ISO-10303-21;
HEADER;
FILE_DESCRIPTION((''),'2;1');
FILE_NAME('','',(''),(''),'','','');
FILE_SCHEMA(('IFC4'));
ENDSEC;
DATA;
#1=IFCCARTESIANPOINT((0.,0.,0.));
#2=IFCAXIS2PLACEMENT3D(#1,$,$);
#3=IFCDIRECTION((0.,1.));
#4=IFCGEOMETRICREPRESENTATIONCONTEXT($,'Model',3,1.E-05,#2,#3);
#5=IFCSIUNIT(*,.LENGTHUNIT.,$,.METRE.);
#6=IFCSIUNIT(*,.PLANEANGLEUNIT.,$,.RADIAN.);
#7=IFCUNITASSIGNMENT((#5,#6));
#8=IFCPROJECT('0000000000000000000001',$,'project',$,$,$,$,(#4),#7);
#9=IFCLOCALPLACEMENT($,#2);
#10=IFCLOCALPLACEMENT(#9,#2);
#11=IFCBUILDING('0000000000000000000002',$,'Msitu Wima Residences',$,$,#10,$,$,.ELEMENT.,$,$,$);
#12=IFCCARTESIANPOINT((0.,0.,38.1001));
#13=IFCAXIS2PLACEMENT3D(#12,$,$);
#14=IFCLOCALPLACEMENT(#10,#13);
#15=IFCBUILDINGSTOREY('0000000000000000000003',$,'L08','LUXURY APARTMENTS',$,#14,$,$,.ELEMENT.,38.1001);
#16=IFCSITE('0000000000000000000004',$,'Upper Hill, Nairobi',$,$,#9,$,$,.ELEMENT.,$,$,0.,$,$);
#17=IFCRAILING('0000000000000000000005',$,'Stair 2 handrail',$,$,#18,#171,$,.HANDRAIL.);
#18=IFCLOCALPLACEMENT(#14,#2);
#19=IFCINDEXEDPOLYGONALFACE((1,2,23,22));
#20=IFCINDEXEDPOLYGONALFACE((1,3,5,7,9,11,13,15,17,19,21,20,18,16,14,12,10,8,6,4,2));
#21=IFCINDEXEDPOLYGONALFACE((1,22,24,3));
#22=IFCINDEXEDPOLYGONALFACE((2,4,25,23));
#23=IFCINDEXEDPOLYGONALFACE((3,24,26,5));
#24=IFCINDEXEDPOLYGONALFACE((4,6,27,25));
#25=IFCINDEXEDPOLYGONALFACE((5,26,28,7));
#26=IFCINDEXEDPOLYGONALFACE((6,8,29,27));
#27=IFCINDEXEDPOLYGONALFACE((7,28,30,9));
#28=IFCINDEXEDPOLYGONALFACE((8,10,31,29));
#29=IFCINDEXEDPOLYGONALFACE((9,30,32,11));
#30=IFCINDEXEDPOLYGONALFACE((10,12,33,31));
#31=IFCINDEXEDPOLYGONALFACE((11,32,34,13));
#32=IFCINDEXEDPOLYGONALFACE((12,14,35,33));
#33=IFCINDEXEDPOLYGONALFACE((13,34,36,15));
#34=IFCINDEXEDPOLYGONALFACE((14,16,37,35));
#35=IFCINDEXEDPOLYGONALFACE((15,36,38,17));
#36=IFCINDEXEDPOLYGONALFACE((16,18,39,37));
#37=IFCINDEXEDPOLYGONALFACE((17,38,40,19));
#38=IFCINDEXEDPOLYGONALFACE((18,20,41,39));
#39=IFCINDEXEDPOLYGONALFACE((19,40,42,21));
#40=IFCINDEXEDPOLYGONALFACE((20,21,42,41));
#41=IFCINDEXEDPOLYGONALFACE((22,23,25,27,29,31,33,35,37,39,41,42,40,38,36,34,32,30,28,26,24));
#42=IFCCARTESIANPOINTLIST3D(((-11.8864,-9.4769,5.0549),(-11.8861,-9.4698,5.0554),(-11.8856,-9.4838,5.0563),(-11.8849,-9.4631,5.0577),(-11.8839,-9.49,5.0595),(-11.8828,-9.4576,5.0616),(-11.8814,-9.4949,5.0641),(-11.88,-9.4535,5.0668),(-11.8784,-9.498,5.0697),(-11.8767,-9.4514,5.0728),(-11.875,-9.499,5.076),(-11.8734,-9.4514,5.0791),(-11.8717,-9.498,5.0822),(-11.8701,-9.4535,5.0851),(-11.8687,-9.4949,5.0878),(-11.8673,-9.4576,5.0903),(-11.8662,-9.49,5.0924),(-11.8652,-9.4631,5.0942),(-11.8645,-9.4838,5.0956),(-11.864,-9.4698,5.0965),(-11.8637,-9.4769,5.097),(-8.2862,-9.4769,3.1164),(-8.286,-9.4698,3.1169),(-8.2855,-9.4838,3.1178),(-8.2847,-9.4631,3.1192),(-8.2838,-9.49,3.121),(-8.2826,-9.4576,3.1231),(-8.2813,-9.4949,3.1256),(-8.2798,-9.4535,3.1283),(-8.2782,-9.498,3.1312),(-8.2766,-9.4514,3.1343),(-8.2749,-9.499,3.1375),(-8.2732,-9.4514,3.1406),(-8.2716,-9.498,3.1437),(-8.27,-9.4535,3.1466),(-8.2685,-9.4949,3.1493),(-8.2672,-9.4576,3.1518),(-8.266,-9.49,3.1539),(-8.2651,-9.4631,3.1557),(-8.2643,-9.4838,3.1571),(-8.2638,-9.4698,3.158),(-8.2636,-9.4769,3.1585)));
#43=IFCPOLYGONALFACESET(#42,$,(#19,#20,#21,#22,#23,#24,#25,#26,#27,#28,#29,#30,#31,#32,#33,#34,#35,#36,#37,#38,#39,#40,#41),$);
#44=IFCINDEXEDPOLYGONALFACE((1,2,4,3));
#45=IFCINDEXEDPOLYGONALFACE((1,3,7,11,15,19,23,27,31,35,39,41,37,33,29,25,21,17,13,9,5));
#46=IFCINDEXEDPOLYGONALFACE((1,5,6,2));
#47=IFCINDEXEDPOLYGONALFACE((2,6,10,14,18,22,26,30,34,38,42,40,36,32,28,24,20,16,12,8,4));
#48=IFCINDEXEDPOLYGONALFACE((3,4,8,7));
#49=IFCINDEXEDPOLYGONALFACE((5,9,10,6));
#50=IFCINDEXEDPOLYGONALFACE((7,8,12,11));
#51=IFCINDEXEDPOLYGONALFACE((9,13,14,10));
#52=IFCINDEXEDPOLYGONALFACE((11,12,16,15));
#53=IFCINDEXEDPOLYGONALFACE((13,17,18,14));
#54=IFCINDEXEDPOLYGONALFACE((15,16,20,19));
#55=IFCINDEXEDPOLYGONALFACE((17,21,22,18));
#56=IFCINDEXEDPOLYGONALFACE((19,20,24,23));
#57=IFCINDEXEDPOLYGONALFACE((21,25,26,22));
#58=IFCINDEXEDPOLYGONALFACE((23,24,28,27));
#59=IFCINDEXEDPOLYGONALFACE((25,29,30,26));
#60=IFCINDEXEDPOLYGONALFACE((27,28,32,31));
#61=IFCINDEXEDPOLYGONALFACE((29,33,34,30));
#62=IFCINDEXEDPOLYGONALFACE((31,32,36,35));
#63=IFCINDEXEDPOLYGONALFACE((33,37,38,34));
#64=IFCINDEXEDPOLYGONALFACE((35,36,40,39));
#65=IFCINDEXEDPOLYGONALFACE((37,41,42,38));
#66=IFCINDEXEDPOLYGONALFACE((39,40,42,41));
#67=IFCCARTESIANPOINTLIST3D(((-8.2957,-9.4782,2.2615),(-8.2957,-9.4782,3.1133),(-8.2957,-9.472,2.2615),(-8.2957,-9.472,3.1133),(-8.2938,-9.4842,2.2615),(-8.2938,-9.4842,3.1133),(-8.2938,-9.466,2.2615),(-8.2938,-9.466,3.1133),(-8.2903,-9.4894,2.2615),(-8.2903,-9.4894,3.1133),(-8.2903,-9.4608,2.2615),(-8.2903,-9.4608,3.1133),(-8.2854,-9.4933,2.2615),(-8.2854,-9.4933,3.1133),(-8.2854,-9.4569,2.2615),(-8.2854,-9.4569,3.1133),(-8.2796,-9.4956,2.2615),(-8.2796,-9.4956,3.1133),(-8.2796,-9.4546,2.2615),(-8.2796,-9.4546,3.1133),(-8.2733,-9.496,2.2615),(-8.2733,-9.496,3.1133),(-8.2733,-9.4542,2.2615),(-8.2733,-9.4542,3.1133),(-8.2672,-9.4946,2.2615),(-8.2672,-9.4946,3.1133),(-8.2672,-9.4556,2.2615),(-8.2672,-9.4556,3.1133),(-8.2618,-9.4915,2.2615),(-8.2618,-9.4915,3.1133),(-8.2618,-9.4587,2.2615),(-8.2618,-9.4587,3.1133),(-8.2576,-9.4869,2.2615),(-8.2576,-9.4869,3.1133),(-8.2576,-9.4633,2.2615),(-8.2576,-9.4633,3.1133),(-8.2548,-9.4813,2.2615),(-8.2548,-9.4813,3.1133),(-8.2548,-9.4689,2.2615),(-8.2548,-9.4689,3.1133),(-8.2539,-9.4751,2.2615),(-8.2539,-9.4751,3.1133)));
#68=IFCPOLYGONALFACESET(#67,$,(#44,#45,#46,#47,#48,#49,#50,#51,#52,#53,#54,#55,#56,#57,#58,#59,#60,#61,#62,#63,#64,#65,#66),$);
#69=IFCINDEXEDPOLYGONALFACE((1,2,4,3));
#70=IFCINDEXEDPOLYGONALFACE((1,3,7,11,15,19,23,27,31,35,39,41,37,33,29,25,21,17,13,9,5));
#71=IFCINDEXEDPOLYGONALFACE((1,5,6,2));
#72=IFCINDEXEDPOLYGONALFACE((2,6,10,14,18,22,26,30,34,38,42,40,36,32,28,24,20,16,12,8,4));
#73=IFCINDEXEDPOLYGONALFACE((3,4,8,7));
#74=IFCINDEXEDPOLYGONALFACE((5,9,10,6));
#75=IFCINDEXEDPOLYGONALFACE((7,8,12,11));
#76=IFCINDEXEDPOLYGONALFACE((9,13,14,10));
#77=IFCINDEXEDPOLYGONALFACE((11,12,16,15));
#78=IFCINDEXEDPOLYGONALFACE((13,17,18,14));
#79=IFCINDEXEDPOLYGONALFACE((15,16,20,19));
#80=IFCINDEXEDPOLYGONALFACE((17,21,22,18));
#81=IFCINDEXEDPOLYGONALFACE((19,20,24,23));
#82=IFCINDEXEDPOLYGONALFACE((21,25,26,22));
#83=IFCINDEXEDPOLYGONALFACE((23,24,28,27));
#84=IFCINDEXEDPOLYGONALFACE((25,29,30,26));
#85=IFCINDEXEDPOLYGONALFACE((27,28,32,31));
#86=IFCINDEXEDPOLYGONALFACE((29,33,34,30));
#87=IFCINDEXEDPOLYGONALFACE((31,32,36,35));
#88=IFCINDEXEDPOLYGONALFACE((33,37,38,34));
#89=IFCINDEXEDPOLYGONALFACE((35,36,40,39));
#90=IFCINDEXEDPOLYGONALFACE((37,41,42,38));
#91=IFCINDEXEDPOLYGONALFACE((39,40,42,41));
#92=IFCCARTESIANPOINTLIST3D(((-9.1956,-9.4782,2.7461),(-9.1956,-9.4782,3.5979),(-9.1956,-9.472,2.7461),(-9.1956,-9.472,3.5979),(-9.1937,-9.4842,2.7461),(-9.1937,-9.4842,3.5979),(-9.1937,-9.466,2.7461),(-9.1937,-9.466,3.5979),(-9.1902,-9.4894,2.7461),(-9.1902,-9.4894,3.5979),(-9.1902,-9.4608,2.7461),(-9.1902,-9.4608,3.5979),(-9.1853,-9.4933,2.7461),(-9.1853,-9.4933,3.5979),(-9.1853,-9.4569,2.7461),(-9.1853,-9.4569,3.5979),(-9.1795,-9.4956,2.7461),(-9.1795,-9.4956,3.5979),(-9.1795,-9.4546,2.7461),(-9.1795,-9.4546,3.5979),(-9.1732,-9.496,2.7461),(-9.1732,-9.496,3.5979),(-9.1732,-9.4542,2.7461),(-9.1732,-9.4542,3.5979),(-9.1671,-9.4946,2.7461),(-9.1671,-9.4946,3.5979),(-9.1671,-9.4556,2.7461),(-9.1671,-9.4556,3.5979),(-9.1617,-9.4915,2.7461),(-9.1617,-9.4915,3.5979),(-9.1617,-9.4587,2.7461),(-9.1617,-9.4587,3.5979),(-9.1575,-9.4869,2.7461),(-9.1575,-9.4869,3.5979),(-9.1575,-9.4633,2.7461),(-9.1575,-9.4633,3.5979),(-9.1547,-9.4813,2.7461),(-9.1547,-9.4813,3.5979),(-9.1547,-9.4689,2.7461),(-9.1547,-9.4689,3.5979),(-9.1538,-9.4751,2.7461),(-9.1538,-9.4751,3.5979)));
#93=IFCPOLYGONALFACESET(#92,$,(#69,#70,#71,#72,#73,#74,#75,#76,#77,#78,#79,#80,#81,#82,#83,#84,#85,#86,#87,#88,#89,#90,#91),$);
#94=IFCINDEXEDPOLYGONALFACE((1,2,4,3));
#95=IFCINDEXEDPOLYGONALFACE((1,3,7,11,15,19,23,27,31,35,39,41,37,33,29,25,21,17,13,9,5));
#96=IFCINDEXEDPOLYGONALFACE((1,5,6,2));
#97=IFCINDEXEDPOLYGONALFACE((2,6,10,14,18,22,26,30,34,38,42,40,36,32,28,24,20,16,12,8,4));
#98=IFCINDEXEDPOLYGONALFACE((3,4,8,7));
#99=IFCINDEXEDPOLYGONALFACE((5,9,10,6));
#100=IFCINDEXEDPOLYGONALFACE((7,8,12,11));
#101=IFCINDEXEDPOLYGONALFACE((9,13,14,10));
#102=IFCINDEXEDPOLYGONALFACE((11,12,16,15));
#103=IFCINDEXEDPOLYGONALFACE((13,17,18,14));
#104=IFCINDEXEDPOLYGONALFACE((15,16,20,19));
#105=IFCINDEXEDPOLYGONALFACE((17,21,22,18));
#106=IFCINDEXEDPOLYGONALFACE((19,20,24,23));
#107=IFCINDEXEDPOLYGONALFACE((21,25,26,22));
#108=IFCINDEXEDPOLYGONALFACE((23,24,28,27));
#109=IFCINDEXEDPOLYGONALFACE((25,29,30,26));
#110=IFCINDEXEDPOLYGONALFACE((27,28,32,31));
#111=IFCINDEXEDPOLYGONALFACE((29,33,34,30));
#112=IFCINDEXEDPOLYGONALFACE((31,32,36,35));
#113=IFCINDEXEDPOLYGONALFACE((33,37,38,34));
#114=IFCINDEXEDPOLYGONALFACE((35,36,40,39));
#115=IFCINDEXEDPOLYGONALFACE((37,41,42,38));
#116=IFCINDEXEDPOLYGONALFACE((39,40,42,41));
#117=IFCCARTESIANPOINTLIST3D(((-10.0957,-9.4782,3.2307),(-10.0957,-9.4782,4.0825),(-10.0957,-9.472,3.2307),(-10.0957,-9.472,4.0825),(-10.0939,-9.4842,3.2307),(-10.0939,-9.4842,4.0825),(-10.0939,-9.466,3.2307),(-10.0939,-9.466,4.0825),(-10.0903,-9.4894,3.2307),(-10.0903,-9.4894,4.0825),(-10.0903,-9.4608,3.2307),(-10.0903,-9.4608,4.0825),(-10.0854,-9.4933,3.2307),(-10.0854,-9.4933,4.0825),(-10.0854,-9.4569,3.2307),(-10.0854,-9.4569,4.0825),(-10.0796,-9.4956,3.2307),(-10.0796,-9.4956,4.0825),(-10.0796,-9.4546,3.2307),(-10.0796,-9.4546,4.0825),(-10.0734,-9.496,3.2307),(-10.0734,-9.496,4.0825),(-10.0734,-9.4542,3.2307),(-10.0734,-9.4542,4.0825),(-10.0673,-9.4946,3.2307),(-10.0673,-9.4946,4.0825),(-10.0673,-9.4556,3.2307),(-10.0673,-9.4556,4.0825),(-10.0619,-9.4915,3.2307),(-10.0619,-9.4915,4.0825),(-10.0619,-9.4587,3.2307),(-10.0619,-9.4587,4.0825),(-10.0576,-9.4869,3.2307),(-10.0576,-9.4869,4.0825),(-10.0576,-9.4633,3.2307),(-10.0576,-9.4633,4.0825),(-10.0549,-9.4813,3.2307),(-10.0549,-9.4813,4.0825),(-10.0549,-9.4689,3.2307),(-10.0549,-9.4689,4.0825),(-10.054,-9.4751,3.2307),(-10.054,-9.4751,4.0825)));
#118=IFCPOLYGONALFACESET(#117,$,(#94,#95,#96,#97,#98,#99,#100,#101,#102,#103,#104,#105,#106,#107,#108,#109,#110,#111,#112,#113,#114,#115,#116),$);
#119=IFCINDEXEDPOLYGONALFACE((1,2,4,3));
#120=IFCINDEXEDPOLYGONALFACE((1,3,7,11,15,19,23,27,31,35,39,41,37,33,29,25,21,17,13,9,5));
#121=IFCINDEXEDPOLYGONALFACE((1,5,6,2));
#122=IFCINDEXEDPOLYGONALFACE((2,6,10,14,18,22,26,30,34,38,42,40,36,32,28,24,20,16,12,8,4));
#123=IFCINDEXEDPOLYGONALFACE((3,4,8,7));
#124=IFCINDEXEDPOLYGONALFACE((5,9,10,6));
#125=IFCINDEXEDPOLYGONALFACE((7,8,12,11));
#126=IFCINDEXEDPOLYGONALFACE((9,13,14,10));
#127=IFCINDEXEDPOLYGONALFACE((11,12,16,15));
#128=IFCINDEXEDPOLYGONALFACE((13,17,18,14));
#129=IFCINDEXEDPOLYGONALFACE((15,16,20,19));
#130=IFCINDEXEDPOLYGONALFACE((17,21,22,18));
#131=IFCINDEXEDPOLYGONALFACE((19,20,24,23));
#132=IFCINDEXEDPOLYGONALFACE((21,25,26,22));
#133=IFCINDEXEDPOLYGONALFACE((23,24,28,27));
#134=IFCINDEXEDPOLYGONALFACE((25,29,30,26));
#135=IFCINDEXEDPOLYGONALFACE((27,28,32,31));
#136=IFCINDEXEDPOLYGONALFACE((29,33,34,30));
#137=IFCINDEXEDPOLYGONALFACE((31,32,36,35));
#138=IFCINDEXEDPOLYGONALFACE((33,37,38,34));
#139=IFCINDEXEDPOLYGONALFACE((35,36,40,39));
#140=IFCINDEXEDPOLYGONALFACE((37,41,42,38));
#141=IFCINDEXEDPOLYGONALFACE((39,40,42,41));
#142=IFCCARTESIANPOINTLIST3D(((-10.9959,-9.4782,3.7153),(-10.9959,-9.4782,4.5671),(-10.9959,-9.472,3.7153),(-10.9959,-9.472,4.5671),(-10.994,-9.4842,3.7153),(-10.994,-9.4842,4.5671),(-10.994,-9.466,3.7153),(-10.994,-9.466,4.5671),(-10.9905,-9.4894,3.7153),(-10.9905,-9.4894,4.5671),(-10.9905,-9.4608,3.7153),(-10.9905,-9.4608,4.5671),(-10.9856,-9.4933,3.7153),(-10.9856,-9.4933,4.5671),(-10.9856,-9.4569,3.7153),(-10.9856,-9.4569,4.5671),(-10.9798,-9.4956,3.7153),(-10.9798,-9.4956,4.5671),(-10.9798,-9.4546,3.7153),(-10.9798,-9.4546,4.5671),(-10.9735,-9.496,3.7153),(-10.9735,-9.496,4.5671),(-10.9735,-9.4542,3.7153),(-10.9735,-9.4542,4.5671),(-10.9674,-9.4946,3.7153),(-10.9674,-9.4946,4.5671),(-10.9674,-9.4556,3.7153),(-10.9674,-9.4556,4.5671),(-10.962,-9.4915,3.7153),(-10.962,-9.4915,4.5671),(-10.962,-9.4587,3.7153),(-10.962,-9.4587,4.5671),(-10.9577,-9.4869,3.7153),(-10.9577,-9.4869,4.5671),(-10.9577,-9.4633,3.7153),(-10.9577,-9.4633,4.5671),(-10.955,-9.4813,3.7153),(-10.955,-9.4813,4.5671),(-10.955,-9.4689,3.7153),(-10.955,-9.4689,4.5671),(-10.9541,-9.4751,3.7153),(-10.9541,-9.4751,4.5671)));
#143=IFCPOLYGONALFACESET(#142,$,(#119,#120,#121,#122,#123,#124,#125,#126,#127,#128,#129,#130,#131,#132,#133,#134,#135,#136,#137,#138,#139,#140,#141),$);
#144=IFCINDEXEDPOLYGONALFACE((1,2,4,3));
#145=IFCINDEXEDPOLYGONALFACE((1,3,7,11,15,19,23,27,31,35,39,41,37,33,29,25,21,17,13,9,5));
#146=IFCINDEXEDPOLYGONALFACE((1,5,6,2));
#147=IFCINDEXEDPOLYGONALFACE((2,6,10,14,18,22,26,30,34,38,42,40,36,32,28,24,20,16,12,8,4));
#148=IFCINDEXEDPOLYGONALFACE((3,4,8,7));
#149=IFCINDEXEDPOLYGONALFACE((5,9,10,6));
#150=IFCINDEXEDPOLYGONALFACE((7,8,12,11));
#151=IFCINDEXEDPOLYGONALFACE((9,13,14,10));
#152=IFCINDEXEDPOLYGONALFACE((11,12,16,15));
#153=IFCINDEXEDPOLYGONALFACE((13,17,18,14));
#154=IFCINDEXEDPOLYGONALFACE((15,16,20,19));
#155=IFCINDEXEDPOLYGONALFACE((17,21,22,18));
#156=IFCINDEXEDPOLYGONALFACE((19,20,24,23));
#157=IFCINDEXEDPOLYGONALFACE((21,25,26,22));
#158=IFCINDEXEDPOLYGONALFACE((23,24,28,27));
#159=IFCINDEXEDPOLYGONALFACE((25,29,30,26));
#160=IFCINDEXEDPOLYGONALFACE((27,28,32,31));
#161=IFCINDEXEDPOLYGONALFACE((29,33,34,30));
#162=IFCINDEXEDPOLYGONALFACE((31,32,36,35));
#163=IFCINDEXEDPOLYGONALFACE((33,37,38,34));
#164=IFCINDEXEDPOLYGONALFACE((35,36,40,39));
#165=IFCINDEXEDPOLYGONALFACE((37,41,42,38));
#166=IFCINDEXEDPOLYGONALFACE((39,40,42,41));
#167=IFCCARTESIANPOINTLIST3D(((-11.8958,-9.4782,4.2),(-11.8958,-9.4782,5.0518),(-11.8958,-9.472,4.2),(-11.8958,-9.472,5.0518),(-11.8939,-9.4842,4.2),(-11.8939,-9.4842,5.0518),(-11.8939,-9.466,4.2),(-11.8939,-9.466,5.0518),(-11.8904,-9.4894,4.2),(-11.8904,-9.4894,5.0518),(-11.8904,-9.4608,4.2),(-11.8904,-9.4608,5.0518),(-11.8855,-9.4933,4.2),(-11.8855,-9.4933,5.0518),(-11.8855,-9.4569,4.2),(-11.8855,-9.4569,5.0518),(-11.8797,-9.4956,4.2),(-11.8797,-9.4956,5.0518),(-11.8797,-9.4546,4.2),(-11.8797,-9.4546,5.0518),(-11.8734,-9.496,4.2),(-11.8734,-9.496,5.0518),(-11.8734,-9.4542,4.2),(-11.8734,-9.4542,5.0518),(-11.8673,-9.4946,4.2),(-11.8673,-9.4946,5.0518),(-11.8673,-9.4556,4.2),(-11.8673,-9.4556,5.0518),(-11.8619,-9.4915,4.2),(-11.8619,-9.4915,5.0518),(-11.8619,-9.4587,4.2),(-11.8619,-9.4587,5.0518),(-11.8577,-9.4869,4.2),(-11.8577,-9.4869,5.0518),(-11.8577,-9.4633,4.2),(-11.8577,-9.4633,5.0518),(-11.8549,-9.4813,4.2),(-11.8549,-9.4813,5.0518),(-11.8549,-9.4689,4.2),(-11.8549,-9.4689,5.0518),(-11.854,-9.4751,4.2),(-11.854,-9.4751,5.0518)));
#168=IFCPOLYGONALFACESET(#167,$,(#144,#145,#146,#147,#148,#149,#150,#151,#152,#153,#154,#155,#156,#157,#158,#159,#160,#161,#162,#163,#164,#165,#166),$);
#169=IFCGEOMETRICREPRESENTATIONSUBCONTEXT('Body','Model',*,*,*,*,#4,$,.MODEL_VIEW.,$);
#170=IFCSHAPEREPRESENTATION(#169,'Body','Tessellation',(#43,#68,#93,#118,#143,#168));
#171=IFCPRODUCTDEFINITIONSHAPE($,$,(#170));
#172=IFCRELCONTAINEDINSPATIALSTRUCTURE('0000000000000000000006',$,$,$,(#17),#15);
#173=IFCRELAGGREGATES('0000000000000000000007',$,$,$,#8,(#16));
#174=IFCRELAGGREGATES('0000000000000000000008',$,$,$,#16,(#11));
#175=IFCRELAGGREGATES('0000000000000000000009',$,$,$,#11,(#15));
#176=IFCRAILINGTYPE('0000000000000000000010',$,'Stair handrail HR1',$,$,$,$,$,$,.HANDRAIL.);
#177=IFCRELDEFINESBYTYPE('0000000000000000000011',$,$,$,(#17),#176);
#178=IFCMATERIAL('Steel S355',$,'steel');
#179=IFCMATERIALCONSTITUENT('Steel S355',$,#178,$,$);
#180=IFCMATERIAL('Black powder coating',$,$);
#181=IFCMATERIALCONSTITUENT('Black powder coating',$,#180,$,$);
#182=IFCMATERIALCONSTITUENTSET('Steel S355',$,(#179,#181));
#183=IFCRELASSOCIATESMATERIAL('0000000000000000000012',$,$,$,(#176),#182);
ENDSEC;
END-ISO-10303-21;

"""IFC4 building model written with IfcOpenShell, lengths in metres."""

from ifc_helpers import new_model, si_unit, direction, frame, origin, origin_2d, place, context, subcontext, project, spatial, circle, extrude, material, constituent, constituent_set, type_object, element, save


model = new_model("IFC4")

# Units and contexts
model_context = context("Model", 3, precision=1e-05, world=origin(), true_north=direction((0.0, 1.0)))
body_context = subcontext(model_context, "Body", "Model", "MODEL_VIEW")
ifc_project = project(units=[si_unit("LENGTHUNIT", "METRE"), si_unit("PLANEANGLEUNIT", "RADIAN")], contexts=[model_context])

# Site, building, storey
site_placement = place(None, origin())
site = spatial("IfcSite", under=ifc_project, at=site_placement, Name="Upper Hill, Nairobi", CompositionType="ELEMENT", RefElevation=0.0)
building_placement = place(site_placement, origin())
building = spatial("IfcBuilding", under=site, at=building_placement, Name="Msitu Wima Residences", CompositionType="ELEMENT")
storey_placement = place(building_placement, frame((0.0, 0.0, 38.1001)))
storey = spatial("IfcBuildingStorey", under=building, at=storey_placement, Name="L08", Description="LUXURY APARTMENTS", CompositionType="ELEMENT", Elevation=38.1001)

# Railing
ifc_material_1 = material(Name="Steel S355", Category="steel")
ifc_constituent_1 = constituent(ifc_material_1, Name="Steel S355")
ifc_material_2 = material(Name="Black powder coating")
ifc_constituent_2 = constituent(ifc_material_2, Name="Black powder coating")
ifc_constituent_set = constituent_set(constituents=[ifc_constituent_1, ifc_constituent_2], Name="Steel S355")
railing_type = type_object("IfcRailingType", Name="Stair handrail HR1", PredefinedType="HANDRAIL", material=ifc_constituent_set)
for number, where, name in (
    (1, (-8.2749, -9.4751, 2.2615), "Stair 2 handrail"),
):
    element("IfcRailing", number, at=place(storey_placement, frame(where)), inside=storey, type_object=railing_type, Name=name, PredefinedType="HANDRAIL", context=body_context, shape_type="SweptSolid", body=[
        extrude(circle(Radius=0.0239, at=origin_2d()), frame((0.0, 0.0, 0.876), z_axis=(-0.880475, 0.0, 0.474093), x_axis=(0.0, -1.0, 0.0)), (0.0, 0.0, 1.0), 4.0889),
        extrude(circle(Radius=0.021, at=origin_2d()), origin(), (0.0, 0.0, 1.0), 0.8518),
        extrude(circle(Radius=0.021, at=origin_2d()), frame((-0.8999, 0.0, 0.4846)), (0.0, 0.0, 1.0), 0.8518),
        extrude(circle(Radius=0.021, at=origin_2d()), frame((-1.8, 0.0, 0.9692)), (0.0, 0.0, 1.0), 0.8518),
        extrude(circle(Radius=0.021, at=origin_2d()), frame((-2.7002, 0.0, 1.4539)), (0.0, 0.0, 1.0), 0.8518),
        extrude(circle(Radius=0.021, at=origin_2d()), frame((-3.6001, 0.0, 1.9385)), (0.0, 0.0, 1.0), 0.8518),
    ])

save(model, "model.ifc")
